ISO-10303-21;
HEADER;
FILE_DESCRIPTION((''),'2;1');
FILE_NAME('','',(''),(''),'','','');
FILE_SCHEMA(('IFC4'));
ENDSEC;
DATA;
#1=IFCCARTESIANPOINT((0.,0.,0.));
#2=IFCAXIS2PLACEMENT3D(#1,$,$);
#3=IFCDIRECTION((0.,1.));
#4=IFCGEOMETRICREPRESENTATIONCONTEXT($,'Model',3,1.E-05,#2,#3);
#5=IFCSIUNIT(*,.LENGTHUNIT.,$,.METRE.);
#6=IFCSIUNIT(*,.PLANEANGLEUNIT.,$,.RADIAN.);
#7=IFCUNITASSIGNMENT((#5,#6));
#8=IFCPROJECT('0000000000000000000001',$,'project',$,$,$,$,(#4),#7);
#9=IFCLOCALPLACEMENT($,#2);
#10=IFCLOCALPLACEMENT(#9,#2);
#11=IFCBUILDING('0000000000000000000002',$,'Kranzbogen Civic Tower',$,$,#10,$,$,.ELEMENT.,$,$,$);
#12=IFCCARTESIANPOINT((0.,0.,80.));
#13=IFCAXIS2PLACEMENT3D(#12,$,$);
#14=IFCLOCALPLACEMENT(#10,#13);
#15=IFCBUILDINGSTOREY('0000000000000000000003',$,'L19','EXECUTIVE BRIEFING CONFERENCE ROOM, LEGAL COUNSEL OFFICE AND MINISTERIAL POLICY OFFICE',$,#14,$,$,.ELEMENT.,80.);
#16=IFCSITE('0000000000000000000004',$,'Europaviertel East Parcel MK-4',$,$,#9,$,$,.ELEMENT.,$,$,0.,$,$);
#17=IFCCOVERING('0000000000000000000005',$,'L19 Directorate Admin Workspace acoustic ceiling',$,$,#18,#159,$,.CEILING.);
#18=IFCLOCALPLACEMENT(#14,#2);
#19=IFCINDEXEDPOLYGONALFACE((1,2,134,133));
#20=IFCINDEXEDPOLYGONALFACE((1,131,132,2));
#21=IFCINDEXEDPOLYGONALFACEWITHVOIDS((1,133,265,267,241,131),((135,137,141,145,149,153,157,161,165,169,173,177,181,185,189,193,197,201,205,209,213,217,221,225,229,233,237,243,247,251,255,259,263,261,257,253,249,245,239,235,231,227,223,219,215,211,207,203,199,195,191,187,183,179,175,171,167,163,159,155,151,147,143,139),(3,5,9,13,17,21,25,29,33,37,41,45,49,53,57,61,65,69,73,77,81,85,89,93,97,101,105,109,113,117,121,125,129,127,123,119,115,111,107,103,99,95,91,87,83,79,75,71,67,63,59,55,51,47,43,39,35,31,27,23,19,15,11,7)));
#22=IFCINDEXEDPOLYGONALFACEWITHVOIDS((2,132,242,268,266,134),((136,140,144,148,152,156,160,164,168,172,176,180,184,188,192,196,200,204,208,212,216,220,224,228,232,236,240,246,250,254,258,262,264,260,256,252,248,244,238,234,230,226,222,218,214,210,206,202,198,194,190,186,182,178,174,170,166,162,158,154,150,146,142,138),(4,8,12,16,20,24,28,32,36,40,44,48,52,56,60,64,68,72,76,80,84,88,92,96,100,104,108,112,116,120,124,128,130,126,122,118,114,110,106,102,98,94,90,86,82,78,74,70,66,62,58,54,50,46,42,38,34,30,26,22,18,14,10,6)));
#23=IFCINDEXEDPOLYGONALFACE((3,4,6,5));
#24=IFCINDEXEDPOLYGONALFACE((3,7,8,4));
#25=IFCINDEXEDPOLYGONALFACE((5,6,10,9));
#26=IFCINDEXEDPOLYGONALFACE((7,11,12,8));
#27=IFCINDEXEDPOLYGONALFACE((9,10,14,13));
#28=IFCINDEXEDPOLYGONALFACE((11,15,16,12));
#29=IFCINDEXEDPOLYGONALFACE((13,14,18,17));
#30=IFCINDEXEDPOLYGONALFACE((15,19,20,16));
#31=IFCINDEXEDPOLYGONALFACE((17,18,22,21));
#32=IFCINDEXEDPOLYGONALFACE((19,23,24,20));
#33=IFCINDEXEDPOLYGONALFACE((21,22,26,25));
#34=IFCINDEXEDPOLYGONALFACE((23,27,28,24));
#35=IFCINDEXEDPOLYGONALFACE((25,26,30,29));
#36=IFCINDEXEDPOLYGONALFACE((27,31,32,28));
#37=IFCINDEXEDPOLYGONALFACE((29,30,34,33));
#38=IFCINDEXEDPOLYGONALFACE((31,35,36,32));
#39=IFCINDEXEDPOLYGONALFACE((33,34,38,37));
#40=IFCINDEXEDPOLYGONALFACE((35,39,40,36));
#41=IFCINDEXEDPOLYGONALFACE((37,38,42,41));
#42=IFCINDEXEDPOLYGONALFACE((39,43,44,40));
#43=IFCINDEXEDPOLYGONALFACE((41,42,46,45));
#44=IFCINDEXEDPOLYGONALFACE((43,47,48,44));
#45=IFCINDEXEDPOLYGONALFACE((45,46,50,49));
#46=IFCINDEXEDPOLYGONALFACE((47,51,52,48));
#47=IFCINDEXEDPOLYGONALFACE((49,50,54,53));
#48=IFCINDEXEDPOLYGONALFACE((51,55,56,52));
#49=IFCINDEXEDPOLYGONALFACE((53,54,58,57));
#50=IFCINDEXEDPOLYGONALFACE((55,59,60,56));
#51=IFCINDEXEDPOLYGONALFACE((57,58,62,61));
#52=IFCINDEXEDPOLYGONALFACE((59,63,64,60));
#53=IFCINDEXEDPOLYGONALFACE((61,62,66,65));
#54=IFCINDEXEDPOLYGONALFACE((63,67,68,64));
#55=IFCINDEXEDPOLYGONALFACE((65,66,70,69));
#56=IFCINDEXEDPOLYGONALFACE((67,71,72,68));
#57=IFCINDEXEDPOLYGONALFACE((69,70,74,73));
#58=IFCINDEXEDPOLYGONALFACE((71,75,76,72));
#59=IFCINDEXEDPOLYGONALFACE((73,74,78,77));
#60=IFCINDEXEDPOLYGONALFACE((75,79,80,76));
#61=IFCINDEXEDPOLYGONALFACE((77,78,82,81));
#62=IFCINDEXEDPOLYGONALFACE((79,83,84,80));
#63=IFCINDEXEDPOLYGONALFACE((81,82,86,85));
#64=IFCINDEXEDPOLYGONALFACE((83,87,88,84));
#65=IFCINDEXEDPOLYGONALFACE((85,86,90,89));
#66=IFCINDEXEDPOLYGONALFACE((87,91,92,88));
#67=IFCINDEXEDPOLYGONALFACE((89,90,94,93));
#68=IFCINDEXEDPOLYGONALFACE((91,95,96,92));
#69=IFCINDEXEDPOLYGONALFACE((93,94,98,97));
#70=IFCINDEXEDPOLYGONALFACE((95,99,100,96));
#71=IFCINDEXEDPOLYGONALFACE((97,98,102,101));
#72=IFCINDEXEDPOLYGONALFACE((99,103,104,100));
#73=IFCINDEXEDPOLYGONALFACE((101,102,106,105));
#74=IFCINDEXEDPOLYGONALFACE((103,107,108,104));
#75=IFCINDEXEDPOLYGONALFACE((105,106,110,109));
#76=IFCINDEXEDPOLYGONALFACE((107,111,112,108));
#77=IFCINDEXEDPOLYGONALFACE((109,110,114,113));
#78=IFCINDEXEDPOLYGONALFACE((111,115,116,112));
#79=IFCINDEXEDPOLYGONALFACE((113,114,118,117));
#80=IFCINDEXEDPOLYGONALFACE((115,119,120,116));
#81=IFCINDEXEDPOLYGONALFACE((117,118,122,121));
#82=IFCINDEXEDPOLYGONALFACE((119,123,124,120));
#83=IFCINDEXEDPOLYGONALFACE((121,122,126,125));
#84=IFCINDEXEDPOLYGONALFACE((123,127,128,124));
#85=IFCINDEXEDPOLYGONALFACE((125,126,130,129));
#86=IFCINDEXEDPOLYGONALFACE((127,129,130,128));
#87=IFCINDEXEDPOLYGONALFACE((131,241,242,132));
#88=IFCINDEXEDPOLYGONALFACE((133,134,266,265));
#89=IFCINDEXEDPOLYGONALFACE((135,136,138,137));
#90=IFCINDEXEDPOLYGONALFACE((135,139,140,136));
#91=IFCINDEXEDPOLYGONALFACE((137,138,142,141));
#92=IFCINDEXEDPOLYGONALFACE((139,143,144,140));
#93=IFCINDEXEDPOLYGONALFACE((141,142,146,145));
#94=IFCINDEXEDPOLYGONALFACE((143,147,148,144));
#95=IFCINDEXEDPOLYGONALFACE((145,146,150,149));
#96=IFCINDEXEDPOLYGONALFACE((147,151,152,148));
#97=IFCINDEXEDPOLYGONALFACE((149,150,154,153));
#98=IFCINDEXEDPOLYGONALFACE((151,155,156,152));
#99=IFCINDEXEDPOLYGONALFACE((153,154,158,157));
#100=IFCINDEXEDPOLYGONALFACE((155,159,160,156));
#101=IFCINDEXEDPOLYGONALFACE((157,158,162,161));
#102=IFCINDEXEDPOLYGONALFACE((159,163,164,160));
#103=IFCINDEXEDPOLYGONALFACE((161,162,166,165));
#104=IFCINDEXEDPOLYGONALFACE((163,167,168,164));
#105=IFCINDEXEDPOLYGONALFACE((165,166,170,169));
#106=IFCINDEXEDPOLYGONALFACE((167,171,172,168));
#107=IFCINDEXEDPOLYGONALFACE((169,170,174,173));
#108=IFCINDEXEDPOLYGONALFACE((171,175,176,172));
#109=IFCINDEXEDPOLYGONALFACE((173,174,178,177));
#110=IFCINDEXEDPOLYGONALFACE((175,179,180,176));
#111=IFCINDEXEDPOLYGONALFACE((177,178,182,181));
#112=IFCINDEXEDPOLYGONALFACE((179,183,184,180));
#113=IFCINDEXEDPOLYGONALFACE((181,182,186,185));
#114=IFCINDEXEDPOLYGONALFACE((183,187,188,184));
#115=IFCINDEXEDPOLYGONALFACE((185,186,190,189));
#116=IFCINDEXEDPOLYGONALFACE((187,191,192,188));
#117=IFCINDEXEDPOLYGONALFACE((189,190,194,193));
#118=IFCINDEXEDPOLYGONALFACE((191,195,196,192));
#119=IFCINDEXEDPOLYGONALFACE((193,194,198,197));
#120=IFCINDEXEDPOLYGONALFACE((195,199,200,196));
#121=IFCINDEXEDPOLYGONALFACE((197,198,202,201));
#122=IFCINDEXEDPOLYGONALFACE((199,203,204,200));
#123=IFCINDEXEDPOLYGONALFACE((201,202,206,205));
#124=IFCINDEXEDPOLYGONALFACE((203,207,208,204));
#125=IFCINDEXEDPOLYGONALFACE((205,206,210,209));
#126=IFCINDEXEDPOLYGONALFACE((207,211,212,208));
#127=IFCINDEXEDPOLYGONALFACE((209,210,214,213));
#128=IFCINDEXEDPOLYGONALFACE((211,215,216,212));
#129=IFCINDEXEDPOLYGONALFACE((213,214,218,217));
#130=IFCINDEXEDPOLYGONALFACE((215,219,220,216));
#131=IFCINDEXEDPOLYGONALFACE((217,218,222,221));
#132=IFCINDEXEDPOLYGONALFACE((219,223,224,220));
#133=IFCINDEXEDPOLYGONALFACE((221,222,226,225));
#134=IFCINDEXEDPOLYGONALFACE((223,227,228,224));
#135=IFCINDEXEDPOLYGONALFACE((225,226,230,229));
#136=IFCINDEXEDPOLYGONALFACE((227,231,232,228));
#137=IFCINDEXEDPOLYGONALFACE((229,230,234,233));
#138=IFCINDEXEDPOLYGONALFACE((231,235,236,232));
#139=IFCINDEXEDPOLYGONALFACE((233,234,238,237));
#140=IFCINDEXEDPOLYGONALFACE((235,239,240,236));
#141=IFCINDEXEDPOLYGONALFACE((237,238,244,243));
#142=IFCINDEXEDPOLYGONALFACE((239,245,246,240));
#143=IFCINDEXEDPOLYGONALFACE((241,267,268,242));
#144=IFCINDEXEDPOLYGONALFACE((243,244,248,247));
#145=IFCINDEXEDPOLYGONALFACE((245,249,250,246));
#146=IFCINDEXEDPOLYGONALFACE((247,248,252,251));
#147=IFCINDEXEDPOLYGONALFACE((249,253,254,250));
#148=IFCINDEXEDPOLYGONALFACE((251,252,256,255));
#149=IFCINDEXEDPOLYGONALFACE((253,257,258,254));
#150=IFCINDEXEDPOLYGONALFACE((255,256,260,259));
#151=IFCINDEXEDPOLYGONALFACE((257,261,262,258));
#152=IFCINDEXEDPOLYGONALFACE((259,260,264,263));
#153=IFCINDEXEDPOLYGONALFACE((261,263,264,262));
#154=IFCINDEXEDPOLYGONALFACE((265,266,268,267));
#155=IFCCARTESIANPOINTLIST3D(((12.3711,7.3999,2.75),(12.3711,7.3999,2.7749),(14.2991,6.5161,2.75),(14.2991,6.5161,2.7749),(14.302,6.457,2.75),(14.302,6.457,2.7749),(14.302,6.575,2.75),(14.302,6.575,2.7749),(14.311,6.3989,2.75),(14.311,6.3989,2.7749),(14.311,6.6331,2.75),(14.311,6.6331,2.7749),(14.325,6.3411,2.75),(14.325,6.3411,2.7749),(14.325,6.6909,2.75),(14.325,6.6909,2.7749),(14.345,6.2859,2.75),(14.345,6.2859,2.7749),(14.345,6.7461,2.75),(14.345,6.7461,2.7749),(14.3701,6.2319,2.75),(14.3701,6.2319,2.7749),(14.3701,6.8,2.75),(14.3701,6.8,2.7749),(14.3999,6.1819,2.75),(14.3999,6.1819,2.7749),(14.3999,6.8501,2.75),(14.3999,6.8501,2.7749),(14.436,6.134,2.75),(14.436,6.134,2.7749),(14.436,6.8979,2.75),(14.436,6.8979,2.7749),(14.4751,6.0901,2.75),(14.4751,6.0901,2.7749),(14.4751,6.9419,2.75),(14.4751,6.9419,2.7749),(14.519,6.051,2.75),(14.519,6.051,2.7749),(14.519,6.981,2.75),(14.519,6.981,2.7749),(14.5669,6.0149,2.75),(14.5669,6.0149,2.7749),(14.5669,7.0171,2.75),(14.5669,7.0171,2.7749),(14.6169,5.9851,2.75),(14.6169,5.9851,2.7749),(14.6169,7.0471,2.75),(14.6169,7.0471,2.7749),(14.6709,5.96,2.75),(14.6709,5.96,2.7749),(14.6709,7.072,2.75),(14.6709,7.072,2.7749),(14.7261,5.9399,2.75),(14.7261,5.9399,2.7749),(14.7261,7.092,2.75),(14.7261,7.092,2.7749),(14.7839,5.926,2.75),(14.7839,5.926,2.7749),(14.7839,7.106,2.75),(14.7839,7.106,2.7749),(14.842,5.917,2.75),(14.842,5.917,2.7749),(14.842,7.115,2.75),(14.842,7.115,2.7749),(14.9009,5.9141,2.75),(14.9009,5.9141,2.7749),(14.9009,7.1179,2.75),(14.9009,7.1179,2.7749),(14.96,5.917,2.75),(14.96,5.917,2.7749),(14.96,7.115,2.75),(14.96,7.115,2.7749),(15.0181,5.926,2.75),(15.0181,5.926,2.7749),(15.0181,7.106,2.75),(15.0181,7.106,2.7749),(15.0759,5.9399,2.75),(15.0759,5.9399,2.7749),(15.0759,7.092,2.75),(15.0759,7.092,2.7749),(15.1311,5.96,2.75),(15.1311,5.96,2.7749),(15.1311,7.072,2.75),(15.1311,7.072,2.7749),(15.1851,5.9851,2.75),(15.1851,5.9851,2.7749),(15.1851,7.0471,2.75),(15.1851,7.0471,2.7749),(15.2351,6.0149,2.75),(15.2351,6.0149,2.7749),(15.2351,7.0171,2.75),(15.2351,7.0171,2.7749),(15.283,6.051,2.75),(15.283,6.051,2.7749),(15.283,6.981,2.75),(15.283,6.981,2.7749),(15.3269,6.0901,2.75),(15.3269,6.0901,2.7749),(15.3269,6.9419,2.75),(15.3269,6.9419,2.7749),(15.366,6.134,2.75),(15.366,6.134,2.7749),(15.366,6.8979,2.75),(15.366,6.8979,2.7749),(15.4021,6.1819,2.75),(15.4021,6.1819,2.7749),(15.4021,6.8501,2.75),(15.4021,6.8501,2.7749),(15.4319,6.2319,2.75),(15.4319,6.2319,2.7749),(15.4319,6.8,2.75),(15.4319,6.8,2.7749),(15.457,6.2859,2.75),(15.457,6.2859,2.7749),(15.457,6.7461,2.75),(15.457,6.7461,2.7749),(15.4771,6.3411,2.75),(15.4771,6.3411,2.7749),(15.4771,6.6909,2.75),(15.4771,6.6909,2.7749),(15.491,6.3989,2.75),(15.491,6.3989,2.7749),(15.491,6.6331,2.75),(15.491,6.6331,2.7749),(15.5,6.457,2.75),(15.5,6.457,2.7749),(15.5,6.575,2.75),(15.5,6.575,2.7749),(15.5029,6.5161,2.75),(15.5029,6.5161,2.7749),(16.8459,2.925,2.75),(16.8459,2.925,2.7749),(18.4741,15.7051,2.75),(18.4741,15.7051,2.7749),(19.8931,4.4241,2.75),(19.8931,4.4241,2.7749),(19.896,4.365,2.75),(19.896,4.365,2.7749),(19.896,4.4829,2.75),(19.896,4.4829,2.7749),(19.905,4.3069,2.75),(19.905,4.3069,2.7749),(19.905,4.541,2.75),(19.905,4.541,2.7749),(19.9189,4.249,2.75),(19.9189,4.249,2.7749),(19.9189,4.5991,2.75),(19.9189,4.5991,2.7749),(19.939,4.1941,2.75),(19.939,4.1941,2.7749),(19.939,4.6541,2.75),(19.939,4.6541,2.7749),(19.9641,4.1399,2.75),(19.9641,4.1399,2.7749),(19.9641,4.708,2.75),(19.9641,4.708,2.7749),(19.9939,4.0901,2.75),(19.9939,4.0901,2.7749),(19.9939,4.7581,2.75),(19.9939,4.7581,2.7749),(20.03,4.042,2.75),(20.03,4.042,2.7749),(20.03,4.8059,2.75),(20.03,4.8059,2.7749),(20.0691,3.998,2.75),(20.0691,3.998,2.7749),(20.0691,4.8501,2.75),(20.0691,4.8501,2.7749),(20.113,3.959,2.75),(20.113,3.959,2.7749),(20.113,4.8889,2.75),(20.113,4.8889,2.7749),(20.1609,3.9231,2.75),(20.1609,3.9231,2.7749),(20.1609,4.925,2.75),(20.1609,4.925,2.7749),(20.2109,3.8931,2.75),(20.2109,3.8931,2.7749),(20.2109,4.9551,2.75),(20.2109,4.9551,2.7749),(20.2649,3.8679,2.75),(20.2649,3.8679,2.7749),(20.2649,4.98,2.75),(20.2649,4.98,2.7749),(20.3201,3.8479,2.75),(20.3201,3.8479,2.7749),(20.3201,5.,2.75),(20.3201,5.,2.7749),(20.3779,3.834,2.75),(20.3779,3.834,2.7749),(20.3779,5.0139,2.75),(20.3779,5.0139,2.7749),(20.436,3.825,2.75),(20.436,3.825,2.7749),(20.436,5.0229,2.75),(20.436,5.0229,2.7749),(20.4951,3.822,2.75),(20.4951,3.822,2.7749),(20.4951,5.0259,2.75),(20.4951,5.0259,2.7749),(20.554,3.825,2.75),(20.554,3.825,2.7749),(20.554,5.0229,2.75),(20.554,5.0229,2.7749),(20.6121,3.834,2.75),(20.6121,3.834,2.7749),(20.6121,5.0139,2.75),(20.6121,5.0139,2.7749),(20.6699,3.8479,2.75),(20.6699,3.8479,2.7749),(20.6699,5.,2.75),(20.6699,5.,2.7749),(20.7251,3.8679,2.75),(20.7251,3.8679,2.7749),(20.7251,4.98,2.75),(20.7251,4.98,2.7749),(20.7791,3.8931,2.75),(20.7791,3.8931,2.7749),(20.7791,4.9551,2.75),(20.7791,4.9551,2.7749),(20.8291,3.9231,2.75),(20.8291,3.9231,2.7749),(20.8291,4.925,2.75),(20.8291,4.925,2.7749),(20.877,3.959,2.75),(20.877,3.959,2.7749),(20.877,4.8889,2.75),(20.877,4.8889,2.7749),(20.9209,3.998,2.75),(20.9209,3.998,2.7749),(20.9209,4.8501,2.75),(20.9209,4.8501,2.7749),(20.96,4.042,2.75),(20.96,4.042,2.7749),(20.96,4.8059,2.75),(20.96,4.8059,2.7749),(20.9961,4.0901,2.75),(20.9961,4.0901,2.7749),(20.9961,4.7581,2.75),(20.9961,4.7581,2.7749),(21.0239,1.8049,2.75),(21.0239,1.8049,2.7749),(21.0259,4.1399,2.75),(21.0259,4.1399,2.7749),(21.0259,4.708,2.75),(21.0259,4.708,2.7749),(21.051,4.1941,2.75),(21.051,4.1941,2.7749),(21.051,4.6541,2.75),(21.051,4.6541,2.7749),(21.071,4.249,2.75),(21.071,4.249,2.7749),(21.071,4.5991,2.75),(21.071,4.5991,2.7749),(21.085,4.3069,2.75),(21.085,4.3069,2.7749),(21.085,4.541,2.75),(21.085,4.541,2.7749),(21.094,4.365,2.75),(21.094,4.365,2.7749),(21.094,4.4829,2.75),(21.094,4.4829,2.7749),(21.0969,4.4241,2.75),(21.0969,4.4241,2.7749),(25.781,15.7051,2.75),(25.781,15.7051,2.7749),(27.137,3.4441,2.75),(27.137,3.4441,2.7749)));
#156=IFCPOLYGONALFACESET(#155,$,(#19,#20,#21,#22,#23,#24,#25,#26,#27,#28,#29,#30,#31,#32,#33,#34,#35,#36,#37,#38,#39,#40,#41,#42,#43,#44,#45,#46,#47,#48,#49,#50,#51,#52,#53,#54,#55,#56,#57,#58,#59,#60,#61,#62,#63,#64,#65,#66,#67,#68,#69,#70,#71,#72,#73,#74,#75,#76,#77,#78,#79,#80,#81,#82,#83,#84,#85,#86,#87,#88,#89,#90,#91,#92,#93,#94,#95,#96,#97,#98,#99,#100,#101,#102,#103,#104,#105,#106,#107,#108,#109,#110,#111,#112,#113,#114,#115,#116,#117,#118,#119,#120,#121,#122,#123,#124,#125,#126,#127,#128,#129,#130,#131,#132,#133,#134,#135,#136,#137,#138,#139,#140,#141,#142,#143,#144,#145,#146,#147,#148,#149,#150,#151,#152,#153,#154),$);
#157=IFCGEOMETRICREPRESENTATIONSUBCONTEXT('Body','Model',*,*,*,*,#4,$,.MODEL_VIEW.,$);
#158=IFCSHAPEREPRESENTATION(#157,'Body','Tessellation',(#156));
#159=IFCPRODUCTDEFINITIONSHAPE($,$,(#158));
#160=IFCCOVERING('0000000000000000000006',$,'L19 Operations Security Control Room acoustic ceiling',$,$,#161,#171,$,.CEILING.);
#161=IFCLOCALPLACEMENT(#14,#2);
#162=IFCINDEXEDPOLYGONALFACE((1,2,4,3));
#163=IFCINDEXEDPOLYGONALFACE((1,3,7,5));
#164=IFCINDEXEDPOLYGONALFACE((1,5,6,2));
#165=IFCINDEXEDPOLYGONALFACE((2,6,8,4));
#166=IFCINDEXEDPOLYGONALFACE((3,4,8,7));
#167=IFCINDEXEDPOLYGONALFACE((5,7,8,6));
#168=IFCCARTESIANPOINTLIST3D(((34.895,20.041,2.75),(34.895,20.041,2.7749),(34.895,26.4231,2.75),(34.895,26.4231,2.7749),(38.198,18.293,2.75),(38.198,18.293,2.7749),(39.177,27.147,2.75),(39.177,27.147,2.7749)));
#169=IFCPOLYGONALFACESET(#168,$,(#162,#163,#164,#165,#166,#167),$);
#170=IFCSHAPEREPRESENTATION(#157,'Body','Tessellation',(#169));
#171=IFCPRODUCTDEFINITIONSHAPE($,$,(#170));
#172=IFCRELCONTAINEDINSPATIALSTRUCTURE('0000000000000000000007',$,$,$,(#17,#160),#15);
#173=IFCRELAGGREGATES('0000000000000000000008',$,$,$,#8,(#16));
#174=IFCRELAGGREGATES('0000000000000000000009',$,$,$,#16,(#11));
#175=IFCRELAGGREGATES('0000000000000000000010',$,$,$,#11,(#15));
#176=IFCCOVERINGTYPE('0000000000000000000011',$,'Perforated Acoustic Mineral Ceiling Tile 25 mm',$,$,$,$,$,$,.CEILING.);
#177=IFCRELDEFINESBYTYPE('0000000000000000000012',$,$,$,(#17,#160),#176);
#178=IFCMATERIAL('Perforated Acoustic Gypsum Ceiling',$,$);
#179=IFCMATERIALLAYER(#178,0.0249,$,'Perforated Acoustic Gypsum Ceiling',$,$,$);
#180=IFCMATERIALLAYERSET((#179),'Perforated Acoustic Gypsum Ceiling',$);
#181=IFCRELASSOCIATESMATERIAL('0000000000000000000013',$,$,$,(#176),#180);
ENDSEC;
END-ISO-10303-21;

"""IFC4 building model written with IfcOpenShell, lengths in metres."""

from ifc_helpers import new_model, si_unit, direction, frame, origin, place, context, subcontext, project, spatial, polyline, outline, extrude, material, layer, layer_set, type_object, element, save


model = new_model("IFC4")

# Units and contexts
model_context = context("Model", 3, precision=1e-05, world=origin(), true_north=direction((0.0, 1.0)))
body_context = subcontext(model_context, "Body", "Model", "MODEL_VIEW")
ifc_project = project(units=[si_unit("LENGTHUNIT", "METRE"), si_unit("PLANEANGLEUNIT", "RADIAN")], contexts=[model_context])

# Site, building, storey
site_placement = place(None, origin())
site = spatial("IfcSite", under=ifc_project, at=site_placement, Name="Europaviertel East Parcel MK-4", CompositionType="ELEMENT", RefElevation=0.0)
building_placement = place(site_placement, origin())
building = spatial("IfcBuilding", under=site, at=building_placement, Name="Kranzbogen Civic Tower", CompositionType="ELEMENT")
storey_placement = place(building_placement, frame((0.0, 0.0, 80.0)))
storey = spatial("IfcBuildingStorey", under=building, at=storey_placement, Name="L19", Description="EXECUTIVE BRIEFING CONFERENCE ROOM, LEGAL COUNSEL OFFICE AND MINISTERIAL POLICY OFFICE", CompositionType="ELEMENT", Elevation=80.0)

# Coverings
ifc_material_1 = material(Name="Perforated Acoustic Gypsum Ceiling")
ifc_layer_1 = layer(ifc_material_1, 0.0249, Name="Perforated Acoustic Gypsum Ceiling")
ifc_layer_set_1 = layer_set([ifc_layer_1], Name="Perforated Acoustic Gypsum Ceiling")
covering_type = type_object("IfcCoveringType", Name="Perforated Acoustic Mineral Ceiling Tile 25 mm", PredefinedType="CEILING", material=ifc_layer_set_1)
covering_1_placement = place(storey_placement, frame((0.0, 0.0, 2.75)))
element("IfcCovering", 1, at=covering_1_placement, inside=storey, type_object=covering_type, Name="L19 Directorate Admin Workspace acoustic ceiling", PredefinedType="CEILING", context=body_context, shape_type="SweptSolid", body=[
    extrude(outline(polyline([(16.8459, 2.925), (12.3711, 7.3999), (18.4741, 15.7051), (25.781, 15.7051), (27.137, 3.4441), (21.0239, 1.8049), (16.8459, 2.925)]), holes=[polyline([(21.051, 4.1941), (21.0259, 4.1399), (20.9961, 4.0901), (20.96, 4.042), (20.9209, 3.998), (20.877, 3.959), (20.8291, 3.9231), (20.7791, 3.8931), (20.7251, 3.8679), (20.6699, 3.8479), (20.6121, 3.834), (20.554, 3.825), (20.4951, 3.822), (20.436, 3.825), (20.3779, 3.834), (20.3201, 3.8479), (20.2649, 3.8679), (20.2109, 3.8931), (20.1609, 3.9231), (20.113, 3.959), (20.0691, 3.998), (20.03, 4.042), (19.9939, 4.0901), (19.9641, 4.1399), (19.939, 4.1941), (19.9189, 4.249), (19.905, 4.3069), (19.896, 4.365), (19.8931, 4.4241), (19.896, 4.4829), (19.905, 4.541), (19.9189, 4.5991), (19.939, 4.6541), (19.9641, 4.708), (19.9939, 4.7581), (20.03, 4.8059), (20.0691, 4.8501), (20.113, 4.8889), (20.1609, 4.925), (20.2109, 4.9551), (20.2649, 4.98), (20.3201, 5.0), (20.3779, 5.0139), (20.436, 5.0229), (20.4951, 5.0259), (20.554, 5.0229), (20.6121, 5.0139), (20.6699, 5.0), (20.7251, 4.98), (20.7791, 4.9551), (20.8291, 4.925), (20.877, 4.8889), (20.9209, 4.8501), (20.96, 4.8059), (20.9961, 4.7581), (21.0259, 4.708), (21.051, 4.6541), (21.071, 4.5991), (21.085, 4.541), (21.094, 4.4829), (21.0969, 4.4241), (21.094, 4.365), (21.085, 4.3069), (21.071, 4.249), (21.051, 4.1941)]), polyline([(15.457, 6.2859), (15.4319, 6.2319), (15.4021, 6.1819), (15.366, 6.134), (15.3269, 6.0901), (15.283, 6.051), (15.2351, 6.0149), (15.1851, 5.9851), (15.1311, 5.96), (15.0759, 5.9399), (15.0181, 5.926), (14.96, 5.917), (14.9009, 5.9141), (14.842, 5.917), (14.7839, 5.926), (14.7261, 5.9399), (14.6709, 5.96), (14.6169, 5.9851), (14.5669, 6.0149), (14.519, 6.051), (14.4751, 6.0901), (14.436, 6.134), (14.3999, 6.1819), (14.3701, 6.2319), (14.345, 6.2859), (14.325, 6.3411), (14.311, 6.3989), (14.302, 6.457), (14.2991, 6.5161), (14.302, 6.575), (14.311, 6.6331), (14.325, 6.6909), (14.345, 6.7461), (14.3701, 6.8), (14.3999, 6.8501), (14.436, 6.8979), (14.4751, 6.9419), (14.519, 6.981), (14.5669, 7.0171), (14.6169, 7.0471), (14.6709, 7.072), (14.7261, 7.092), (14.7839, 7.106), (14.842, 7.115), (14.9009, 7.1179), (14.96, 7.115), (15.0181, 7.106), (15.0759, 7.092), (15.1311, 7.072), (15.1851, 7.0471), (15.2351, 7.0171), (15.283, 6.981), (15.3269, 6.9419), (15.366, 6.8979), (15.4021, 6.8501), (15.4319, 6.8), (15.457, 6.7461), (15.4771, 6.6909), (15.491, 6.6331), (15.5, 6.575), (15.5029, 6.5161), (15.5, 6.457), (15.491, 6.3989), (15.4771, 6.3411), (15.457, 6.2859)])]), origin(), (0.0, 0.0, 1.0), 0.0249),
])
covering_2_placement = place(storey_placement, frame((0.0, 0.0, 2.75)))
element("IfcCovering", 2, at=covering_2_placement, inside=storey, type_object=covering_type, Name="L19 Operations Security Control Room acoustic ceiling", PredefinedType="CEILING", context=body_context, shape_type="SweptSolid", body=[
    extrude(outline(polyline([(34.895, 26.4231), (39.177, 27.147), (38.198, 18.293), (34.895, 20.041), (34.895, 26.4231)])), origin(), (0.0, 0.0, 1.0), 0.0249),
])

save(model, "model.ifc")
